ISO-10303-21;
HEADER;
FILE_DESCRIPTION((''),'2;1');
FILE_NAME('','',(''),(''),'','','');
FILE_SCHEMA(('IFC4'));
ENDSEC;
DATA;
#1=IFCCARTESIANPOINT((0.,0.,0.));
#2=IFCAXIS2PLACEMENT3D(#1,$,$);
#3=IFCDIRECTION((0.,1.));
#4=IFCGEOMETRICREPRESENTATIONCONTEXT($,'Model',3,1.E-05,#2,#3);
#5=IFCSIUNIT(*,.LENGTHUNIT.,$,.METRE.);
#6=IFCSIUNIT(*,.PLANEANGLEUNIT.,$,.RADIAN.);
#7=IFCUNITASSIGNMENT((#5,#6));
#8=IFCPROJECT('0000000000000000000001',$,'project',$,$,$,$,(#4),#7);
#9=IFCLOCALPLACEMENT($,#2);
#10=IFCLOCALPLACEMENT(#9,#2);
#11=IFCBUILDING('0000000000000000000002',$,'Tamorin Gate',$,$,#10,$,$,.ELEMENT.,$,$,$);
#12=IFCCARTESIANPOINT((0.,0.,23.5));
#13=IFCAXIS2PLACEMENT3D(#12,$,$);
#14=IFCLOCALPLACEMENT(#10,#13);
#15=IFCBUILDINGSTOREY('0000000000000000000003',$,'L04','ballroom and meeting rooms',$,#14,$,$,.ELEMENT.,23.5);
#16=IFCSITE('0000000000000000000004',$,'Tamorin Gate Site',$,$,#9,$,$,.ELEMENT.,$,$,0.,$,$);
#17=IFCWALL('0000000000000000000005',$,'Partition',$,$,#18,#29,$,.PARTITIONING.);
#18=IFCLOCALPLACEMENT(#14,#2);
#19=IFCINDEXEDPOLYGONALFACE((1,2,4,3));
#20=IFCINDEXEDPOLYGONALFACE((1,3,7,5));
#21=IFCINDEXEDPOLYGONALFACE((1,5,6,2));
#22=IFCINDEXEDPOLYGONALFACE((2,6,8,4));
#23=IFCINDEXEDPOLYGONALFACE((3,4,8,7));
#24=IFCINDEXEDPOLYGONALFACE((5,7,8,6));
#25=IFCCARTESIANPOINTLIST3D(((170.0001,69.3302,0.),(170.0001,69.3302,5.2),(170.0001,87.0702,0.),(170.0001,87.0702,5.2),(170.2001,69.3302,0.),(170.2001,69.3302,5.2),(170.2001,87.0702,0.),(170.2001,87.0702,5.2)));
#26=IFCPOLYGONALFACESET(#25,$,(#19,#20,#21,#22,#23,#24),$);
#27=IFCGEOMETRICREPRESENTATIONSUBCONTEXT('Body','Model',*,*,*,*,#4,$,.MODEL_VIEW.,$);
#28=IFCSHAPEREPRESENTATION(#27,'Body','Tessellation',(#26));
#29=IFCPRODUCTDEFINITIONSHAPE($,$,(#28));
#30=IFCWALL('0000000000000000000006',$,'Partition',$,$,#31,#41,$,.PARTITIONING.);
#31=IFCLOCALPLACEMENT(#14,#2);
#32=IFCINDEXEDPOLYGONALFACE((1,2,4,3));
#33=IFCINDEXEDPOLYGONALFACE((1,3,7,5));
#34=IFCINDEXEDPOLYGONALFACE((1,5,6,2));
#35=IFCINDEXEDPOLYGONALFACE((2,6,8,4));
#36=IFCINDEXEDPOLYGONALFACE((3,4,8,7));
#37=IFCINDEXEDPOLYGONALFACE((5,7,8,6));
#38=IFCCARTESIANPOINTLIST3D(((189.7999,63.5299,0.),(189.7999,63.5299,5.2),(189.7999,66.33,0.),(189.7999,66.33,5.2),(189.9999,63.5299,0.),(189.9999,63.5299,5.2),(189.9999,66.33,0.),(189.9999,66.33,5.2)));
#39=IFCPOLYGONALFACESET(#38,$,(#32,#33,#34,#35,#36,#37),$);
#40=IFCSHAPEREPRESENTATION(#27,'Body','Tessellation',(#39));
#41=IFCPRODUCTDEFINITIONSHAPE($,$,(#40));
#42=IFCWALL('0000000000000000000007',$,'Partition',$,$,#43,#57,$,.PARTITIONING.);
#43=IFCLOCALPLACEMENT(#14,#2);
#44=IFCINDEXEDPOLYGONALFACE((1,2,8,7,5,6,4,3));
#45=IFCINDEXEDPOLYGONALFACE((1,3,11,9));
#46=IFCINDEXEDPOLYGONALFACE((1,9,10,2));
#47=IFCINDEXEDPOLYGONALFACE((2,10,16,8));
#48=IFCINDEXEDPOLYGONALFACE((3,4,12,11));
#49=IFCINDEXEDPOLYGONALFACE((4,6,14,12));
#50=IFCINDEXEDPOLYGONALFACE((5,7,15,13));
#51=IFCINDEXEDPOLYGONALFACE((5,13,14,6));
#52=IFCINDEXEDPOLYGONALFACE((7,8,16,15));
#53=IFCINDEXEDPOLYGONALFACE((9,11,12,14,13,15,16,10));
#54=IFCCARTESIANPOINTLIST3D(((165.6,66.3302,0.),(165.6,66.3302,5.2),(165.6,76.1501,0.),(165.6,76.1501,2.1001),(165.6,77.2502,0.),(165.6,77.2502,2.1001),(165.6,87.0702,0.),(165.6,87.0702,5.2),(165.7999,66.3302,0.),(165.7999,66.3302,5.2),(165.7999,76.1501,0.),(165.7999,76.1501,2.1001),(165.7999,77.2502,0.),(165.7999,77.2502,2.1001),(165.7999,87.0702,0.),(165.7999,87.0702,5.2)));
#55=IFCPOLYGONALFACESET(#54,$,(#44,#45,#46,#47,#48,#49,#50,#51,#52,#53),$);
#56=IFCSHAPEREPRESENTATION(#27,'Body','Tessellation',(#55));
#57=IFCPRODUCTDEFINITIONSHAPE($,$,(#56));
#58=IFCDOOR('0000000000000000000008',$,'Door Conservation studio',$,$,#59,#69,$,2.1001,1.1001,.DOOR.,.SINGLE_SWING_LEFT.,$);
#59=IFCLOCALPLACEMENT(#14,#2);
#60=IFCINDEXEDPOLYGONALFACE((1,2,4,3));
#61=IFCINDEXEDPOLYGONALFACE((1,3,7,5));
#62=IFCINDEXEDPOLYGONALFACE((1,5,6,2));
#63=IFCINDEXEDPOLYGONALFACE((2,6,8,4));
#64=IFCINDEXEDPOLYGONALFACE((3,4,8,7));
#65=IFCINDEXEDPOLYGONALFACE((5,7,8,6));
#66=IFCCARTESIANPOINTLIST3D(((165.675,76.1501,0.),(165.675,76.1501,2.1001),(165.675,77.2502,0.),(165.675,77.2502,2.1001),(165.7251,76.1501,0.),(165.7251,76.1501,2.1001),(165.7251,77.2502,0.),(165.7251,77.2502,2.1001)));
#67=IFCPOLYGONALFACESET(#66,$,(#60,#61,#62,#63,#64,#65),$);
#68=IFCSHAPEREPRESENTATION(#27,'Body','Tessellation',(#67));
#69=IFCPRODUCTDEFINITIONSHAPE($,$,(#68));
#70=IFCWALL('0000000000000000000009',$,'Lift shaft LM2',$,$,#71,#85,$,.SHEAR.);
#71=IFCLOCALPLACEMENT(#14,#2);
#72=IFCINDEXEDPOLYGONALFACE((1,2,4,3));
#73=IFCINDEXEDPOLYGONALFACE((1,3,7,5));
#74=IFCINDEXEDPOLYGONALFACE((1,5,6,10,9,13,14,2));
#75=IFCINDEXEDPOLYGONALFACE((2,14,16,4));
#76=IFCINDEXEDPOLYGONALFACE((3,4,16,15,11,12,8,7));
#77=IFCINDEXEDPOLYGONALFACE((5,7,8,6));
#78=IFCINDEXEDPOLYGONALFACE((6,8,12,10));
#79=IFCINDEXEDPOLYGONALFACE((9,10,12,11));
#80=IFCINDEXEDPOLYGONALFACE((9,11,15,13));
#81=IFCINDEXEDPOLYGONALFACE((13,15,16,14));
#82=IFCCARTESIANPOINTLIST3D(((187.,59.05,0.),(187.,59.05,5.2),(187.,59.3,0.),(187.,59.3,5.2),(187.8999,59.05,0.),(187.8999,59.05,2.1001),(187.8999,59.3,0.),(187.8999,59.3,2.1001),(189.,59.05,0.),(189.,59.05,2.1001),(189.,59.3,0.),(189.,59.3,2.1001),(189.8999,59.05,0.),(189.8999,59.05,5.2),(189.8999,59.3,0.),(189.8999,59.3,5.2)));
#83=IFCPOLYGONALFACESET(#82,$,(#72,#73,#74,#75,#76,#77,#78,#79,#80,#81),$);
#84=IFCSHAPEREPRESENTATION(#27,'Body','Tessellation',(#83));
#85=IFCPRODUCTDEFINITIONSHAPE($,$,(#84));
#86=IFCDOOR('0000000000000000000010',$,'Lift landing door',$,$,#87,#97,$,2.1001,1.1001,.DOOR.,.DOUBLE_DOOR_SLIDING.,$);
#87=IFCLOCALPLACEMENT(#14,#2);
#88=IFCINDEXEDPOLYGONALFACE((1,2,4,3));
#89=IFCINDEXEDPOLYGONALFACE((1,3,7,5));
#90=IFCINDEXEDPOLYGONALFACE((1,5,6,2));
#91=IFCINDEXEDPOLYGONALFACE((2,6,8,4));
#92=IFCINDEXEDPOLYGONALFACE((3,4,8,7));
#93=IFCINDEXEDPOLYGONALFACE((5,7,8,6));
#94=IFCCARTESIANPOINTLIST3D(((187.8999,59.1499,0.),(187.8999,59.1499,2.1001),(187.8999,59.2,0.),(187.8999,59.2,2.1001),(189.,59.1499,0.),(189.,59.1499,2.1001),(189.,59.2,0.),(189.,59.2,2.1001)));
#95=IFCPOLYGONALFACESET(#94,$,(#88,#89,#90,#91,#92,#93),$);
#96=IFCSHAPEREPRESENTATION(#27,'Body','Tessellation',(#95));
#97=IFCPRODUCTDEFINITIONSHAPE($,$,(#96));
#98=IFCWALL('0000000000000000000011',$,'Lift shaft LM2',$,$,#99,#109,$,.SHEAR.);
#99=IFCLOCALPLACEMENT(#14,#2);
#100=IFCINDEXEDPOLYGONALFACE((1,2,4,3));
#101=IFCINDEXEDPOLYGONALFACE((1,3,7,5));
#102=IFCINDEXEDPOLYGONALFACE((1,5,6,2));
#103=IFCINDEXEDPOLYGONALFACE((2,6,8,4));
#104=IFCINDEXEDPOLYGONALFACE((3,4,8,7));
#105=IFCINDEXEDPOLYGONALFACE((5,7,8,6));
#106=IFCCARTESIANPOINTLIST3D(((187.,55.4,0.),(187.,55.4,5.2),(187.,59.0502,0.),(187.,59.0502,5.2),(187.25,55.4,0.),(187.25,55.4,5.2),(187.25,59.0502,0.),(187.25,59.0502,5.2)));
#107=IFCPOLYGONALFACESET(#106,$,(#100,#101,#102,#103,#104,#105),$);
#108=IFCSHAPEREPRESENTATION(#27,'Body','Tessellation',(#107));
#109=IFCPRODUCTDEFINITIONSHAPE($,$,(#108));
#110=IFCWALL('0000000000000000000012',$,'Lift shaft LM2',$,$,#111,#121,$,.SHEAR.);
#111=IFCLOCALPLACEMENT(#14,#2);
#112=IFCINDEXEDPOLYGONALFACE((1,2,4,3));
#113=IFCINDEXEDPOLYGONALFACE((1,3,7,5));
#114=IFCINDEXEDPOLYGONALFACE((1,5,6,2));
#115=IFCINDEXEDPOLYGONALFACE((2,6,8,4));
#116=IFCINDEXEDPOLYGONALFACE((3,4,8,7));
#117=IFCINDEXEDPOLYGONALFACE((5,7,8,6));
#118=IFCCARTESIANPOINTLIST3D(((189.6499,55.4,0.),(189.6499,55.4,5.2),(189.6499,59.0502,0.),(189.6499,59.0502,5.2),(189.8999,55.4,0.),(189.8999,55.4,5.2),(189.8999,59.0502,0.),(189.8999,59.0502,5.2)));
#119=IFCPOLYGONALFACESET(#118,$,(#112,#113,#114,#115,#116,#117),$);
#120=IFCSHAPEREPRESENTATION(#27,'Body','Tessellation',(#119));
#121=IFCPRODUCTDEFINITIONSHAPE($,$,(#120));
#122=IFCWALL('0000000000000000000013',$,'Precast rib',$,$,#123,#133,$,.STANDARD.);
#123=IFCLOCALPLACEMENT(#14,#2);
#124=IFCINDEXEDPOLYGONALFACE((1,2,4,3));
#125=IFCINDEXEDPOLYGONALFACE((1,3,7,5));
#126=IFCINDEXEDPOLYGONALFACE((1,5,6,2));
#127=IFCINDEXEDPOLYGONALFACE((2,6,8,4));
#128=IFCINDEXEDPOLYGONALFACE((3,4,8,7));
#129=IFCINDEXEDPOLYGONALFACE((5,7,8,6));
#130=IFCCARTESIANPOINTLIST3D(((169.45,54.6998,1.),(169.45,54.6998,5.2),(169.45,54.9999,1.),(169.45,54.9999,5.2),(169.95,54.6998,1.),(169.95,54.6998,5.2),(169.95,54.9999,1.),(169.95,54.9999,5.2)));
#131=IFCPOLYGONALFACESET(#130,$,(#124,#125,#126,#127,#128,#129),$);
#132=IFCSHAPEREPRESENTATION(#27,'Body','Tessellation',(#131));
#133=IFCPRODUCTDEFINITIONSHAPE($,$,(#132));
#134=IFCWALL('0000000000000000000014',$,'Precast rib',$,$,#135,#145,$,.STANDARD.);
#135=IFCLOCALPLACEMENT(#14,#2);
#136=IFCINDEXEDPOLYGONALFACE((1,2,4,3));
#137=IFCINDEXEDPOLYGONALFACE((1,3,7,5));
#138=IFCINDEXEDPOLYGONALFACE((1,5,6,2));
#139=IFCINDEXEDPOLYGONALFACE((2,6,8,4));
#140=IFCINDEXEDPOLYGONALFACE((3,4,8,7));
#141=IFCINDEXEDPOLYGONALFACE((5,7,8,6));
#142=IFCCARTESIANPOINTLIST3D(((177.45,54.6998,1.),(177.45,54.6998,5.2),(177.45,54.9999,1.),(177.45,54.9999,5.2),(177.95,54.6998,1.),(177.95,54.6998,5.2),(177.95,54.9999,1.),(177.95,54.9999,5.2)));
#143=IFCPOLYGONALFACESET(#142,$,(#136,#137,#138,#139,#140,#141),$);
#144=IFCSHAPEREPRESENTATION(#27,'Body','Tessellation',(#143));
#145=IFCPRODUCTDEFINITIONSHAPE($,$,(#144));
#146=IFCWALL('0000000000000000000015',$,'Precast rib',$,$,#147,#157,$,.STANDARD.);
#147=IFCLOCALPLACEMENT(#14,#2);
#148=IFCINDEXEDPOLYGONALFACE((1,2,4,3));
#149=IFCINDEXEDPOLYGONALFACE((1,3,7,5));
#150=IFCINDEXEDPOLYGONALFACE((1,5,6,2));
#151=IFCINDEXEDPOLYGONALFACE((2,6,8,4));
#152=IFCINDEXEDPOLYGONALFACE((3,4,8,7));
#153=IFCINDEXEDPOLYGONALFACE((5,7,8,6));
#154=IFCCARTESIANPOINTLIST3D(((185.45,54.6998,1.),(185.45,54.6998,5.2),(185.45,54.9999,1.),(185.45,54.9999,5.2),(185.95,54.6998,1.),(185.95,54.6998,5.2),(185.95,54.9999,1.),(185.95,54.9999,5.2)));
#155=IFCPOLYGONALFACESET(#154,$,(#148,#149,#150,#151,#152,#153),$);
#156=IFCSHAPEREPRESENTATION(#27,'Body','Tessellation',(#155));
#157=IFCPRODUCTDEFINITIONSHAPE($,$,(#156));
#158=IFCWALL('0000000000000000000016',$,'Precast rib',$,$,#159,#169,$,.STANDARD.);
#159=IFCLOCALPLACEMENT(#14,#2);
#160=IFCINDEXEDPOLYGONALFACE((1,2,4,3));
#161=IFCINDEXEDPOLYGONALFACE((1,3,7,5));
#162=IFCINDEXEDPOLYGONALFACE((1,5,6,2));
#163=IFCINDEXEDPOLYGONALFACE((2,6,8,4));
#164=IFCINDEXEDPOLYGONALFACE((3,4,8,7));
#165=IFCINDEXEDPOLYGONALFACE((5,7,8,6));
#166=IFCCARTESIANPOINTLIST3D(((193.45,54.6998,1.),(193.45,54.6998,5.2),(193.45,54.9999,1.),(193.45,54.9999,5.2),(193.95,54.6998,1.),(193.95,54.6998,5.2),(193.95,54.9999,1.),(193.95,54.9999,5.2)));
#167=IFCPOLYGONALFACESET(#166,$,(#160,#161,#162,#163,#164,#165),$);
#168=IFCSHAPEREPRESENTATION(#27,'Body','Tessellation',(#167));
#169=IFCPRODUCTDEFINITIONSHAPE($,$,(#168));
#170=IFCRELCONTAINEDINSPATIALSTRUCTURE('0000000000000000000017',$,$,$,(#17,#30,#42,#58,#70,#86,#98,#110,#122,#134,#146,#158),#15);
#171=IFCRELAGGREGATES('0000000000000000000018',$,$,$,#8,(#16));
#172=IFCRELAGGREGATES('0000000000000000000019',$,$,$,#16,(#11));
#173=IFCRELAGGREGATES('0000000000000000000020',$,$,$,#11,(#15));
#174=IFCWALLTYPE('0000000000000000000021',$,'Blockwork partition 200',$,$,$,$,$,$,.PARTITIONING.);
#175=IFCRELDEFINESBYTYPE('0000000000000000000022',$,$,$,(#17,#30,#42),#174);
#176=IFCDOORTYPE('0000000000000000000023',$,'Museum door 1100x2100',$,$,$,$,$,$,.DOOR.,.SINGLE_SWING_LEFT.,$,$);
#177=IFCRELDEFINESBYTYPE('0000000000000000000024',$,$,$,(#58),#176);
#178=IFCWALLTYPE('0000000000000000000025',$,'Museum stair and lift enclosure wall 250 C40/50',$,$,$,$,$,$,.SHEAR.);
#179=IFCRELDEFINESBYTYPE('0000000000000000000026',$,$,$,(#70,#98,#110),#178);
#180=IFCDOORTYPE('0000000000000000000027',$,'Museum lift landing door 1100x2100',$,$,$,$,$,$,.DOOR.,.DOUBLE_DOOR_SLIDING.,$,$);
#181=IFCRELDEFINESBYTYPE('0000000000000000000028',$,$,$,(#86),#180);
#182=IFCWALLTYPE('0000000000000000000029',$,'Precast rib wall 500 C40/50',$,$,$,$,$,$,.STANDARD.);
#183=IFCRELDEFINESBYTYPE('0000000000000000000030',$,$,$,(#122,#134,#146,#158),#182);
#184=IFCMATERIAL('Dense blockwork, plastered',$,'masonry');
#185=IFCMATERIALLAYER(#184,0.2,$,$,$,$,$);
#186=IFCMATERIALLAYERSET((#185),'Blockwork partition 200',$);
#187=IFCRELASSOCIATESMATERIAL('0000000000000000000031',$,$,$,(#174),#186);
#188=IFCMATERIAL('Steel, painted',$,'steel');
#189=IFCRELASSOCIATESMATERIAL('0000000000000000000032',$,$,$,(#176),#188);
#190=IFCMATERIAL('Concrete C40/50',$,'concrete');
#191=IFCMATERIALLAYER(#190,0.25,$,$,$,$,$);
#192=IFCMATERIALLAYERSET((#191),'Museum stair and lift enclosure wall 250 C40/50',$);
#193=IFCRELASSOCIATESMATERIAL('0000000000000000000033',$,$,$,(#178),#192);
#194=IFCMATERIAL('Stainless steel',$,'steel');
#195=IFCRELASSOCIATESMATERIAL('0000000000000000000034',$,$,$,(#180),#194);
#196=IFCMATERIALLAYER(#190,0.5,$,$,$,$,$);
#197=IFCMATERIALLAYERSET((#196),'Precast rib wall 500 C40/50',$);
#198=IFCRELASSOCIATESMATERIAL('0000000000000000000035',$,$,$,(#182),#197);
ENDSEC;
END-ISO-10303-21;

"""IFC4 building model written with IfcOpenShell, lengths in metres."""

from ifc_helpers import new_model, si_unit, direction, frame, frame_2d, origin, place, context, subcontext, project, spatial, rectangle, extrude, material, layer, layer_set, type_object, element, fill, save


model = new_model("IFC4")

# Units and contexts
model_context = context("Model", 3, precision=1e-05, world=origin(), true_north=direction((0.0, 1.0)))
body_context = subcontext(model_context, "Body", "Model", "MODEL_VIEW")
ifc_project = project(units=[si_unit("LENGTHUNIT", "METRE"), si_unit("PLANEANGLEUNIT", "RADIAN")], contexts=[model_context])

# Site, building, storey
site_placement = place(None, origin())
site = spatial("IfcSite", under=ifc_project, at=site_placement, Name="Tamorin Gate Site", CompositionType="ELEMENT", RefElevation=0.0)
building_placement = place(site_placement, origin())
building = spatial("IfcBuilding", under=site, at=building_placement, Name="Tamorin Gate", CompositionType="ELEMENT")
storey_placement = place(building_placement, frame((0.0, 0.0, 23.5)))
storey = spatial("IfcBuildingStorey", under=building, at=storey_placement, Name="L04", Description="ballroom and meeting rooms", CompositionType="ELEMENT", Elevation=23.5)

# Shared definitions
ifc_material_1 = material(Name="Dense blockwork, plastered", Category="masonry")
ifc_layer_1 = layer(ifc_material_1, 0.2)
ifc_layer_set_1 = layer_set([ifc_layer_1], Name="Blockwork partition 200")
wall_type_1 = type_object("IfcWallType", Name="Blockwork partition 200", PredefinedType="PARTITIONING", material=ifc_layer_set_1)
ifc_material_2 = material(Name="Steel, painted", Category="steel")
door_type_1 = type_object("IfcDoorType", Name="Museum door 1100x2100", OperationType="SINGLE_SWING_LEFT", PredefinedType="DOOR", material=ifc_material_2)

# Walls
wall_1_placement = place(storey_placement, frame((170.1001, 69.3301, 0.0), z_axis=(0.0, 0.0, 1.0), x_axis=(0.0, 1.0, 0.0)))
element("IfcWall", 1, at=wall_1_placement, inside=storey, type_object=wall_type_1, Name="Partition", PredefinedType="PARTITIONING", context=body_context, shape_type="SweptSolid", body=[
    extrude(rectangle(XDim=17.74, YDim=0.2, at=frame_2d((8.8701, 0.0))), origin(), (0.0, 0.0, 1.0), 5.2),
])
wall_2_placement = place(storey_placement, frame((189.8999, 63.53, 0.0), z_axis=(0.0, 0.0, 1.0), x_axis=(0.0, 1.0, 0.0)))
element("IfcWall", 2, at=wall_2_placement, inside=storey, type_object=wall_type_1, Name="Partition", PredefinedType="PARTITIONING", context=body_context, shape_type="SweptSolid", body=[
    extrude(rectangle(XDim=2.8, YDim=0.2, at=frame_2d((1.3999, 0.0))), origin(), (0.0, 0.0, 1.0), 5.2),
])

# Walls, openings, doors
wall_3_placement = place(storey_placement, frame((165.7, 66.3301, 0.0), z_axis=(0.0, 0.0, 1.0), x_axis=(0.0, 1.0, 0.0)))
wall_3 = element("IfcWall", 3, at=wall_3_placement, inside=storey, type_object=wall_type_1, Name="Partition", PredefinedType="PARTITIONING", context=body_context, shape_type="SweptSolid", body=[
    extrude(rectangle(XDim=20.74, YDim=0.2, at=frame_2d((10.3701, 0.0))), origin(), (0.0, 0.0, 1.0), 5.2),
])
opening_1_placement = place(wall_3_placement, frame((9.8201, 0.0, 0.0)))
opening_1 = element("IfcOpeningElement", 4, at=opening_1_placement, cuts=wall_3, PredefinedType="OPENING", context=body_context, shape_type="SweptSolid", body=[
    extrude(rectangle(XDim=1.1001, YDim=2.1001, at=frame_2d((0.55, 1.05))), frame((0.0, 0.1099, 0.0), z_axis=(0.0, -1.0, 0.0), x_axis=(1.0, 0.0, 0.0)), (0.0, 0.0, 1.0), 0.22),
])
door_1_placement = place(opening_1_placement, origin())
door_1 = element("IfcDoor", 5, at=door_1_placement, inside=storey, type_object=door_type_1, Name="Door Conservation studio", OperationType="SINGLE_SWING_LEFT", OverallHeight=2.1001, OverallWidth=1.1001, PredefinedType="DOOR", context=body_context, shape_type="SweptSolid", body=[
    extrude(rectangle(XDim=1.1001, YDim=2.1001, at=frame_2d((0.55, 1.05))), frame((0.0, 0.0249, 0.0), z_axis=(0.0, -1.0, 0.0), x_axis=(1.0, 0.0, 0.0)), (0.0, 0.0, 1.0), 0.05),
])
fill(opening_1, door_1)
ifc_material_3 = material(Name="Concrete C40/50", Category="concrete")
ifc_layer_2 = layer(ifc_material_3, 0.25)
ifc_layer_set_2 = layer_set([ifc_layer_2], Name="Museum stair and lift enclosure wall 250 C40/50")
wall_type_2 = type_object("IfcWallType", Name="Museum stair and lift enclosure wall 250 C40/50", PredefinedType="SHEAR", material=ifc_layer_set_2)
wall_4_placement = place(storey_placement, frame((187.0, 59.175, 0.0), z_axis=(0.0, 0.0, 1.0), x_axis=(1.0, 0.0, 0.0)))
wall_4 = element("IfcWall", 6, at=wall_4_placement, inside=storey, type_object=wall_type_2, Name="Lift shaft LM2", PredefinedType="SHEAR", context=body_context, shape_type="SweptSolid", body=[
    extrude(rectangle(XDim=2.8999, YDim=0.25, at=frame_2d((1.45, 0.0))), origin(), (0.0, 0.0, 1.0), 5.2),
])
opening_2_placement = place(wall_4_placement, frame((0.8999, 0.0, 0.0)))
opening_2 = element("IfcOpeningElement", 7, at=opening_2_placement, cuts=wall_4, PredefinedType="OPENING", context=body_context, shape_type="SweptSolid", body=[
    extrude(rectangle(XDim=1.1001, YDim=2.1001, at=frame_2d((0.55, 1.05))), frame((0.0, 0.135, 0.0), z_axis=(0.0, -1.0, 0.0), x_axis=(1.0, 0.0, 0.0)), (0.0, 0.0, 1.0), 0.27),
])
ifc_material_4 = material(Name="Stainless steel", Category="steel")
door_type_2 = type_object("IfcDoorType", Name="Museum lift landing door 1100x2100", OperationType="DOUBLE_DOOR_SLIDING", PredefinedType="DOOR", material=ifc_material_4)
door_2_placement = place(opening_2_placement, origin())
door_2 = element("IfcDoor", 8, at=door_2_placement, inside=storey, type_object=door_type_2, Name="Lift landing door", OperationType="DOUBLE_DOOR_SLIDING", OverallHeight=2.1001, OverallWidth=1.1001, PredefinedType="DOOR", context=body_context, shape_type="SweptSolid", body=[
    extrude(rectangle(XDim=1.1001, YDim=2.1001, at=frame_2d((0.55, 1.05))), frame((0.0, 0.0249, 0.0), z_axis=(0.0, -1.0, 0.0), x_axis=(1.0, 0.0, 0.0)), (0.0, 0.0, 1.0), 0.05),
])
fill(opening_2, door_2)

# Walls
for number, where, z_axis, x_axis, name in (
    (9, (187.125, 55.3999, 0.0), (0.0, 0.0, 1.0), (0.0, 1.0, 0.0), "Lift shaft LM2"),
    (10, (189.7749, 55.3999, 0.0), (0.0, 0.0, 1.0), (0.0, 1.0, 0.0), "Lift shaft LM2"),
):
    element("IfcWall", number, at=place(storey_placement, frame(where, z_axis=z_axis, x_axis=x_axis)), inside=storey, type_object=wall_type_2, Name=name, PredefinedType="SHEAR", context=body_context, shape_type="SweptSolid", body=[
        extrude(rectangle(XDim=3.6501, YDim=0.25, at=frame_2d((1.8252, 0.0))), origin(), (0.0, 0.0, 1.0), 5.2),
    ])
ifc_layer_3 = layer(ifc_material_3, 0.5)
ifc_layer_set_3 = layer_set([ifc_layer_3], Name="Precast rib wall 500 C40/50")
wall_type_3 = type_object("IfcWallType", Name="Precast rib wall 500 C40/50", PredefinedType="STANDARD", material=ifc_layer_set_3)
for number, where, z_axis, x_axis, name in (
    (11, (169.7, 54.7, 1.0), (0.0, 0.0, 1.0), (0.0, 1.0, 0.0), "Precast rib"),
    (12, (177.7, 54.7, 1.0), (0.0, 0.0, 1.0), (0.0, 1.0, 0.0), "Precast rib"),
    (13, (185.7, 54.7, 1.0), (0.0, 0.0, 1.0), (0.0, 1.0, 0.0), "Precast rib"),
    (14, (193.7, 54.7, 1.0), (0.0, 0.0, 1.0), (0.0, 1.0, 0.0), "Precast rib"),
):
    element("IfcWall", number, at=place(storey_placement, frame(where, z_axis=z_axis, x_axis=x_axis)), inside=storey, type_object=wall_type_3, Name=name, PredefinedType="STANDARD", context=body_context, shape_type="SweptSolid", body=[
        extrude(rectangle(XDim=0.3, YDim=0.5, at=frame_2d((0.1499, 0.0))), origin(), (0.0, 0.0, 1.0), 4.2),
    ])

save(model, "model.ifc")
